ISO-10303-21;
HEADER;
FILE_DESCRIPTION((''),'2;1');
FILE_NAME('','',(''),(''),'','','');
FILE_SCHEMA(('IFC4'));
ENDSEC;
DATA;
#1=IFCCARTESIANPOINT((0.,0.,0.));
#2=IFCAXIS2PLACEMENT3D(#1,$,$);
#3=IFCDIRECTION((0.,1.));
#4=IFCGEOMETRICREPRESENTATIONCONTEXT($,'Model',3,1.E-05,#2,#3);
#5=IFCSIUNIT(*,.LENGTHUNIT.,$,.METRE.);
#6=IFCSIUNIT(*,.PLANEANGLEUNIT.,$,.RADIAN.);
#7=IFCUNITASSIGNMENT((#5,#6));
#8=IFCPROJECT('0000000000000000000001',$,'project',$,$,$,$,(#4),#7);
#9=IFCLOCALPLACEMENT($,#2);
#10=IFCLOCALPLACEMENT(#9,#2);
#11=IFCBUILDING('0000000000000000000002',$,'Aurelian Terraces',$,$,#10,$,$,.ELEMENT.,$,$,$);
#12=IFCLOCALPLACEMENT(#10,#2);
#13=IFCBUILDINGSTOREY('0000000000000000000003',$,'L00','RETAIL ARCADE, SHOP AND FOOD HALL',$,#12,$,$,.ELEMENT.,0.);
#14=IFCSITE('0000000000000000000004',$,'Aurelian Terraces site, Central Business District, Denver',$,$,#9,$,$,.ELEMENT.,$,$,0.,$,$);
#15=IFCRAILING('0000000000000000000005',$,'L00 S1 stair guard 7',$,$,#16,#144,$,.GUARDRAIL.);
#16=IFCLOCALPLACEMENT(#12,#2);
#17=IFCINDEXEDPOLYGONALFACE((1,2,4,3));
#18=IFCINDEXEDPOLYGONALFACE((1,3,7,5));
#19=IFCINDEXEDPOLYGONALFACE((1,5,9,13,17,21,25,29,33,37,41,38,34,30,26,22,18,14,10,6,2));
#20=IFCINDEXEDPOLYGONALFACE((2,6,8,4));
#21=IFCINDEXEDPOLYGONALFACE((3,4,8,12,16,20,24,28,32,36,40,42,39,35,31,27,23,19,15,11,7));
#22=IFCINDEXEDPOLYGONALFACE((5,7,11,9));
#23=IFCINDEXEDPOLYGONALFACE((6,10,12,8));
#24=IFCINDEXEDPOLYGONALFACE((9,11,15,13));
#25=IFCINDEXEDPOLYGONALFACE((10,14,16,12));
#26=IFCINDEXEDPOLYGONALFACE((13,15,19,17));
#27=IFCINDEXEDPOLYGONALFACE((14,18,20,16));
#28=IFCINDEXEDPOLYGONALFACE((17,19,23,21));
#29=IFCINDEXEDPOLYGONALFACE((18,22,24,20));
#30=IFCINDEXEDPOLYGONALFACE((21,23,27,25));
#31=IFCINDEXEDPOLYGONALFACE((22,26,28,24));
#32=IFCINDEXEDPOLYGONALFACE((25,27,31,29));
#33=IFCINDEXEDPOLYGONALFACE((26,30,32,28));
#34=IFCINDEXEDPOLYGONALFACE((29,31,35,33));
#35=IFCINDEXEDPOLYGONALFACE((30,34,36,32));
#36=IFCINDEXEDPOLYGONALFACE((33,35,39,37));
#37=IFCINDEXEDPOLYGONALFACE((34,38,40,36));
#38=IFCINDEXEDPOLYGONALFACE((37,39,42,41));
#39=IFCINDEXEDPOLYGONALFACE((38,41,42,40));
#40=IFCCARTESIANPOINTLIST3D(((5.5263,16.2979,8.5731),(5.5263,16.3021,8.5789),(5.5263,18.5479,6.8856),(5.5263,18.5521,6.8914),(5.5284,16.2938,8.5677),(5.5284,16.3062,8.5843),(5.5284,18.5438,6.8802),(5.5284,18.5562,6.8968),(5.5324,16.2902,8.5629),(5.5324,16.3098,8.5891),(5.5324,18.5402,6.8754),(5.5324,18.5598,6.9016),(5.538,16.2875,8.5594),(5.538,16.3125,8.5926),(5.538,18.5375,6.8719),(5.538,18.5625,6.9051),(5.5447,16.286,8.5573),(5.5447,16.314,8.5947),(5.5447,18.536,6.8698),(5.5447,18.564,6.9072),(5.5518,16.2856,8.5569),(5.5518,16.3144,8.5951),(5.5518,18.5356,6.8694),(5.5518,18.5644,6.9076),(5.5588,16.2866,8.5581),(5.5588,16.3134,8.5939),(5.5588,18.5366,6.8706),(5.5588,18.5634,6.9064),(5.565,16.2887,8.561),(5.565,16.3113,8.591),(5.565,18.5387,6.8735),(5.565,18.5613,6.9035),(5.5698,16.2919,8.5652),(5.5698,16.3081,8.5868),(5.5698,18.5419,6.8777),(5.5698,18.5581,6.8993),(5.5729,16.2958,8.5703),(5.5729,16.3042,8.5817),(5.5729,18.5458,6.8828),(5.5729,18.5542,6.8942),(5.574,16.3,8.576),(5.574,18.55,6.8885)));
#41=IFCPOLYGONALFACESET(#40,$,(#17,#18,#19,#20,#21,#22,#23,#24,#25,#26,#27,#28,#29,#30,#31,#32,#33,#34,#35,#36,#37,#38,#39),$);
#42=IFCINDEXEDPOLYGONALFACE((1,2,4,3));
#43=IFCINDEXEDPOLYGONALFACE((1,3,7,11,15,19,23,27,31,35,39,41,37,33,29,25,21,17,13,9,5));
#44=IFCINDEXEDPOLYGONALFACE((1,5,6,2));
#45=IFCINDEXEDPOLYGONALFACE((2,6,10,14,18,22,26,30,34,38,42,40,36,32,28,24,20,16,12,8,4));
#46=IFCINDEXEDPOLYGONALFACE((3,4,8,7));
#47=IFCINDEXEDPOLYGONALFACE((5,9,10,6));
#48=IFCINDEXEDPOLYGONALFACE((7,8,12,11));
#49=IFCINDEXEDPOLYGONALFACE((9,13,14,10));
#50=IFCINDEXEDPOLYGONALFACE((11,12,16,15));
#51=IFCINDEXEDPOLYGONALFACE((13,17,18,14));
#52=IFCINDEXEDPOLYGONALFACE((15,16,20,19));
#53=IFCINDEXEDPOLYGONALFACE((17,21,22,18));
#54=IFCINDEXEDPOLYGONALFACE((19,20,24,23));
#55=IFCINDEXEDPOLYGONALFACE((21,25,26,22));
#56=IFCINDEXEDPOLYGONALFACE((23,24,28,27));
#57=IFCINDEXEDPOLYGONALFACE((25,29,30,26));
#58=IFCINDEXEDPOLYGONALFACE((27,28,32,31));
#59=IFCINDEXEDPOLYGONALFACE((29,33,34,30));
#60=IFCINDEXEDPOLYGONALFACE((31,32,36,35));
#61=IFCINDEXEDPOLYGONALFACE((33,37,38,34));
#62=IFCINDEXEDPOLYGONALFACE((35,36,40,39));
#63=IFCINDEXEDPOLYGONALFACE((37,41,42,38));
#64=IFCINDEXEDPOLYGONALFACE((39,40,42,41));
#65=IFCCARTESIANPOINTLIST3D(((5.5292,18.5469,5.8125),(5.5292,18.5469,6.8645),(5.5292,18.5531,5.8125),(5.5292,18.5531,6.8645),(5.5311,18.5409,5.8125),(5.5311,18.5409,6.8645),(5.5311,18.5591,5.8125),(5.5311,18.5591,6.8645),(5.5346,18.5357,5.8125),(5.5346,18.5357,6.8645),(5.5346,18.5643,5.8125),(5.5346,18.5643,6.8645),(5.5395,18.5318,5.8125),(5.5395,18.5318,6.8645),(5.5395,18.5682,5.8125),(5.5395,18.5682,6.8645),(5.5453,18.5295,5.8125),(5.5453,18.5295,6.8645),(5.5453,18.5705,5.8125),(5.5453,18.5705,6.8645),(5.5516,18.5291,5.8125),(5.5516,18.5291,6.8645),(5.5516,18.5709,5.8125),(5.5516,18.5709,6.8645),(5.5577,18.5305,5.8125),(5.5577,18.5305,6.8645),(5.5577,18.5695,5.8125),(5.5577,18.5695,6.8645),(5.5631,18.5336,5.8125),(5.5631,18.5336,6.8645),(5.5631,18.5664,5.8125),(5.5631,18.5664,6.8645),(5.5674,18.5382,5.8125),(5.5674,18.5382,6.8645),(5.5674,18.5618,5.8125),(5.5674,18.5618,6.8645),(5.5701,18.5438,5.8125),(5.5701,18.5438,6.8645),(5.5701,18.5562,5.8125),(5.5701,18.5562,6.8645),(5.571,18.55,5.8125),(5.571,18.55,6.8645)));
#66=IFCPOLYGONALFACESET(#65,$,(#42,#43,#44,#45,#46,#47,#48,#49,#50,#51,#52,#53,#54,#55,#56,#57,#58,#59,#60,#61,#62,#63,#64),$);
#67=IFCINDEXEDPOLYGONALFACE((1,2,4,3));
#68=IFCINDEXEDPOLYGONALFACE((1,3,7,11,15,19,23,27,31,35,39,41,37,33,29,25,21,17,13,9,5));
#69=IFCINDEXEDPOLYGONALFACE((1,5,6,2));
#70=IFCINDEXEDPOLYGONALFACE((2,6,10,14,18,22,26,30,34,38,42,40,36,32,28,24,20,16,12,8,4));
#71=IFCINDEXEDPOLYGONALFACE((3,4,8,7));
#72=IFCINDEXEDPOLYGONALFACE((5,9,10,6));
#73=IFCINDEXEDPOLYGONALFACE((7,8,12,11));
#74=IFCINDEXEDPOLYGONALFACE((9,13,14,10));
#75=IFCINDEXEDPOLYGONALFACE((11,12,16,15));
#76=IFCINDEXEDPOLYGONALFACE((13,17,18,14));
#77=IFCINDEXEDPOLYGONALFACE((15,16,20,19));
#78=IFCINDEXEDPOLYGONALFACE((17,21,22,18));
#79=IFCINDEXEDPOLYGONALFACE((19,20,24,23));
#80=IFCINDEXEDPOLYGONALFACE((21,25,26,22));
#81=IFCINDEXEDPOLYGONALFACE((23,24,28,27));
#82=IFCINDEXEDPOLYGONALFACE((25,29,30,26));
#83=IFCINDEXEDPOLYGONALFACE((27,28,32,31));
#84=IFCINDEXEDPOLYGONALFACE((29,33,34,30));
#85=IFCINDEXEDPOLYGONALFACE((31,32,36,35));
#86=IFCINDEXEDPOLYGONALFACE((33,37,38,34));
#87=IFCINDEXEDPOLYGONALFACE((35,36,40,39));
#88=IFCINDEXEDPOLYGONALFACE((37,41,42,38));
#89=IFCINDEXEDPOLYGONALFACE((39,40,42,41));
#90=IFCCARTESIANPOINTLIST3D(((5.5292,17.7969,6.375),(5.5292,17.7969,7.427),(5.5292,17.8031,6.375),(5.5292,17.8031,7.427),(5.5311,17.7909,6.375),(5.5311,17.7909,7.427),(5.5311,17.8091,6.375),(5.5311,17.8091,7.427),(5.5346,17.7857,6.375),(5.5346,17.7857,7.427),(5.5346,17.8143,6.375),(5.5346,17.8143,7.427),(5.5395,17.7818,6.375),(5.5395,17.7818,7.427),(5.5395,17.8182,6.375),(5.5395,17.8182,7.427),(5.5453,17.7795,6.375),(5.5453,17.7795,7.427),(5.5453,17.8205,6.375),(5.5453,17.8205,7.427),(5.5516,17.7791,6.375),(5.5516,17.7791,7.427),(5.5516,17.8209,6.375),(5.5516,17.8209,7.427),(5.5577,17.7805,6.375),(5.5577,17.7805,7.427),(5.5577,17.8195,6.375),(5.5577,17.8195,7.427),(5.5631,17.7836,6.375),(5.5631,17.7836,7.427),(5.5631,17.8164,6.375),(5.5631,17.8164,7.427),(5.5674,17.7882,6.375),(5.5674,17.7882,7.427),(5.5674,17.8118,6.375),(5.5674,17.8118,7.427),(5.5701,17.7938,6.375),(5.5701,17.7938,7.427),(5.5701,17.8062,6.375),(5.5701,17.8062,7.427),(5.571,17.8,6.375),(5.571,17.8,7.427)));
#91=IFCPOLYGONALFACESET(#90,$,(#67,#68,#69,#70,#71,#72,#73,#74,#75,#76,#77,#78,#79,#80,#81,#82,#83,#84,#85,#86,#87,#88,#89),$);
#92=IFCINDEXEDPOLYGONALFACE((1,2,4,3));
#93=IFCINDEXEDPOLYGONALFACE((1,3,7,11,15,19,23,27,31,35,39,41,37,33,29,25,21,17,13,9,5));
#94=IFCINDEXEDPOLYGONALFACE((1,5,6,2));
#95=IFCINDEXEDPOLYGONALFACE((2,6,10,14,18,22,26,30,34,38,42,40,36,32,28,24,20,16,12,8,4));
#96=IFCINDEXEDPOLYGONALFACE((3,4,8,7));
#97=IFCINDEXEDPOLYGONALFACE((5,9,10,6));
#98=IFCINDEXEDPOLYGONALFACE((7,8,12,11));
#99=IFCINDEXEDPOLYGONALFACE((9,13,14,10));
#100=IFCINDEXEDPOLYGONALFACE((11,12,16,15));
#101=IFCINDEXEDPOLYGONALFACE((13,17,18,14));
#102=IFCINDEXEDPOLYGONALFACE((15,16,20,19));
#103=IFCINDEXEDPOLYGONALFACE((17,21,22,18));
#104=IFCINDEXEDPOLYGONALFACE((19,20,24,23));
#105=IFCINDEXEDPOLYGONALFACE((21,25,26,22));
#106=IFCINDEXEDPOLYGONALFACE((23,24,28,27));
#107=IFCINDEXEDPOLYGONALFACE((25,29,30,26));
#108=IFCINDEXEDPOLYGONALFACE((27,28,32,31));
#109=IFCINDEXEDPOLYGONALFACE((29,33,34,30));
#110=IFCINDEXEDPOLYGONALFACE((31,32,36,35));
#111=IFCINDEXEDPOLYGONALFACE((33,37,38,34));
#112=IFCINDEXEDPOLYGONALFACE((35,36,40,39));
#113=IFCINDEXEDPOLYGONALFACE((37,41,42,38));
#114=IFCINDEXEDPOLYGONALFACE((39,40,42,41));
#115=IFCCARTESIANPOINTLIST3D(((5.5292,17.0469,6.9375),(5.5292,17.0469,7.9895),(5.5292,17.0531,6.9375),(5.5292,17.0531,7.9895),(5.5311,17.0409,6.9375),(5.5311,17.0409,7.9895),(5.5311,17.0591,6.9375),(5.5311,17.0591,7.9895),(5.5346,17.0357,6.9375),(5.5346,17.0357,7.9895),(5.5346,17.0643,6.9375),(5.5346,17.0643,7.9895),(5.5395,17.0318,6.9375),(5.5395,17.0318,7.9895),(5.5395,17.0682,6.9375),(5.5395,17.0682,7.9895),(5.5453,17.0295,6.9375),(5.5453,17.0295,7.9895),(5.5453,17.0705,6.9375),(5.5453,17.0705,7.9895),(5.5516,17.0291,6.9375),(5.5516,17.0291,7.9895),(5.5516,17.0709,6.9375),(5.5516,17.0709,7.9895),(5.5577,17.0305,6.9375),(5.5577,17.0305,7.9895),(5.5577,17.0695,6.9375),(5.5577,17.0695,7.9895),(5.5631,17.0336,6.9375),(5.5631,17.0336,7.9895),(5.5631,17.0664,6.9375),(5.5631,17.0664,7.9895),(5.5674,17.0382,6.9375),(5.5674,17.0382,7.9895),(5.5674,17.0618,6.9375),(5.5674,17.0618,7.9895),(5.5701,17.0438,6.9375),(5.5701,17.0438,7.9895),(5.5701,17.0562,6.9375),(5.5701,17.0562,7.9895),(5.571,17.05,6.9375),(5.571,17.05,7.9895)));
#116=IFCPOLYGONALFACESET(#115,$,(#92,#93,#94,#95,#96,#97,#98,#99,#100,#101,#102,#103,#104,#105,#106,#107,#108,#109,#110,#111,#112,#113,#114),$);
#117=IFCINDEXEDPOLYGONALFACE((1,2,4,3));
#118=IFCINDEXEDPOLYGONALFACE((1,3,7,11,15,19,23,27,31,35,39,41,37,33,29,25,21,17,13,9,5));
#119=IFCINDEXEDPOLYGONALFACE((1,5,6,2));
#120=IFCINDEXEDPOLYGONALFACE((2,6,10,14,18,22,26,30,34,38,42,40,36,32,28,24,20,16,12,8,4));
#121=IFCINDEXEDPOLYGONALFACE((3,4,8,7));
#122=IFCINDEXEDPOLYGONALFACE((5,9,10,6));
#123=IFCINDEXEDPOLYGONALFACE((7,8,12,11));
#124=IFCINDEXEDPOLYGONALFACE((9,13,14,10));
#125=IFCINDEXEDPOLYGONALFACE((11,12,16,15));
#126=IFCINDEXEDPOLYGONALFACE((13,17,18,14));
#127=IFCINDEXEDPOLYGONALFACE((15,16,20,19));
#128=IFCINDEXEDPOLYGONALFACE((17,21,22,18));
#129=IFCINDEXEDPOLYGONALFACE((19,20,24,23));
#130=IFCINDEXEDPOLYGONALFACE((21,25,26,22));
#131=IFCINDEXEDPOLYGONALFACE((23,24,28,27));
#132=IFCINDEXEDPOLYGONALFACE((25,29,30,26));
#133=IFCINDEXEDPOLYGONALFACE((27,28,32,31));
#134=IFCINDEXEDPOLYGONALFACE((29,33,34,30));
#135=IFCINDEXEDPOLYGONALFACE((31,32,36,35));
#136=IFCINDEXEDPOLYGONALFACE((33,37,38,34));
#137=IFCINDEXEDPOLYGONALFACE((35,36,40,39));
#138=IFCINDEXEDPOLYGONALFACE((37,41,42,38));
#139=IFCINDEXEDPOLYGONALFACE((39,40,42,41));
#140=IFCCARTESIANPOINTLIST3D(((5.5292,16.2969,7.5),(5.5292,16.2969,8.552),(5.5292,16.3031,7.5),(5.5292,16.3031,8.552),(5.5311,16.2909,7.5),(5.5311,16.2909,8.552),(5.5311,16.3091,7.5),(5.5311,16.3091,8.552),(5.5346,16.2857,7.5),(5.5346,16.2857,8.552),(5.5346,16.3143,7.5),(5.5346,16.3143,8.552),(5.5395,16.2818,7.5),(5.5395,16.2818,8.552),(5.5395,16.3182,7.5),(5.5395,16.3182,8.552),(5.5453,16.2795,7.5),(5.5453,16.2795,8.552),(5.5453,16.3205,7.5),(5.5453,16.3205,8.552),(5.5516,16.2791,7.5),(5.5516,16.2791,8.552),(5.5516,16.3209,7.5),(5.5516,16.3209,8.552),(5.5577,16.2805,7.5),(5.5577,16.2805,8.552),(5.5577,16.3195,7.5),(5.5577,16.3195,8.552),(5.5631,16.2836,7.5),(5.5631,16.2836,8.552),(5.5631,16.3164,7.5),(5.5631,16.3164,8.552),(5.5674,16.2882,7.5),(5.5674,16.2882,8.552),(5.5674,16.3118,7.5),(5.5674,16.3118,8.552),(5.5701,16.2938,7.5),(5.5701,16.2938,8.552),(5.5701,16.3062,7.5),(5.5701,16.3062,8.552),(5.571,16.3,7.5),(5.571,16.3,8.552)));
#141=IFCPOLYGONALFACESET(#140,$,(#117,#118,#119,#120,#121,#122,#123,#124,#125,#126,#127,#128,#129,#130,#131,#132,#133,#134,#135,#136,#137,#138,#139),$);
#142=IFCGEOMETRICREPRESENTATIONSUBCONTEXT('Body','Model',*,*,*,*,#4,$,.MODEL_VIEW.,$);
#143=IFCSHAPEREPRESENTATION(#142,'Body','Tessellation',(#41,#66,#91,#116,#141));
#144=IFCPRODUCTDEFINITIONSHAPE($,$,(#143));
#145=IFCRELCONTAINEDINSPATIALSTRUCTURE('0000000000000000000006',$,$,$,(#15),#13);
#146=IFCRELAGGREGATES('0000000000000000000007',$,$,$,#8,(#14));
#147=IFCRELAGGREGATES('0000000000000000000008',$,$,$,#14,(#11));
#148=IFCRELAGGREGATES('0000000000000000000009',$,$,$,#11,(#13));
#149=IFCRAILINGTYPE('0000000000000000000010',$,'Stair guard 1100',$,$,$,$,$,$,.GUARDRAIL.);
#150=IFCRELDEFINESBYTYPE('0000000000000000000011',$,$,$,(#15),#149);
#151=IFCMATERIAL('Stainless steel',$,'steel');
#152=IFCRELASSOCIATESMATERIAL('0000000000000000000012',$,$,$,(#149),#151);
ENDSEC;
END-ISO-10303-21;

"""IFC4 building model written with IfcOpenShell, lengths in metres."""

from ifc_helpers import new_model, si_unit, direction, frame, origin, origin_2d, place, context, subcontext, project, spatial, circle, extrude, source, transform, mapped, material, type_object, element, save


model = new_model("IFC4")

# Units and contexts
model_context = context("Model", 3, precision=1e-05, world=origin(), true_north=direction((0.0, 1.0)))
body_context = subcontext(model_context, "Body", "Model", "MODEL_VIEW")
ifc_project = project(units=[si_unit("LENGTHUNIT", "METRE"), si_unit("PLANEANGLEUNIT", "RADIAN")], contexts=[model_context])

# Site, building, storey
site_placement = place(None, origin())
site = spatial("IfcSite", under=ifc_project, at=site_placement, Name="Aurelian Terraces site, Central Business District, Denver", CompositionType="ELEMENT", RefElevation=0.0)
building_placement = place(site_placement, origin())
building = spatial("IfcBuilding", under=site, at=building_placement, Name="Aurelian Terraces", CompositionType="ELEMENT")
storey_placement = place(building_placement, origin())
storey = spatial("IfcBuildingStorey", under=building, at=storey_placement, Name="L00", Description="RETAIL ARCADE, SHOP AND FOOD HALL", CompositionType="ELEMENT", Elevation=0.0)

# Railing
ifc_material_1 = material(Name="Stainless steel", Category="steel")
railing_type_1 = type_object("IfcRailingType", Name="Stair guard 1100", PredefinedType="GUARDRAIL", material=ifc_material_1)
shared_shape_1 = source(origin(), body_context, "Body", "SweptSolid", [
    extrude(circle(Radius=0.024, at=origin_2d()), frame((0.0, 0.0, 1.076), z_axis=(0.0, -0.8, 0.6), x_axis=(1.0, 0.0, 0.0)), (0.0, 0.0, 1.0), 2.8125),
    extrude(circle(Radius=0.021, at=origin_2d()), origin(), (0.0, 0.0, 1.0), 1.052),
    extrude(circle(Radius=0.021, at=origin_2d()), frame((0.0, -0.75, 0.5625)), (0.0, 0.0, 1.0), 1.052),
    extrude(circle(Radius=0.021, at=origin_2d()), frame((0.0, -1.5, 1.125)), (0.0, 0.0, 1.0), 1.052),
    extrude(circle(Radius=0.021, at=origin_2d()), frame((0.0, -2.25, 1.6875)), (0.0, 0.0, 1.0), 1.052),
])
railing_1_placement = place(storey_placement, frame((5.55, 18.55, 5.8125)))
element("IfcRailing", 1, at=railing_1_placement, inside=storey, type_object=railing_type_1, Name="L00 S1 stair guard 7", PredefinedType="GUARDRAIL", context=body_context, shape_type="MappedRepresentation", body=[
    mapped(shared_shape_1, transform((0.0, 0.0, 0.0), scale=1.0)),
])

save(model, "model.ifc")
